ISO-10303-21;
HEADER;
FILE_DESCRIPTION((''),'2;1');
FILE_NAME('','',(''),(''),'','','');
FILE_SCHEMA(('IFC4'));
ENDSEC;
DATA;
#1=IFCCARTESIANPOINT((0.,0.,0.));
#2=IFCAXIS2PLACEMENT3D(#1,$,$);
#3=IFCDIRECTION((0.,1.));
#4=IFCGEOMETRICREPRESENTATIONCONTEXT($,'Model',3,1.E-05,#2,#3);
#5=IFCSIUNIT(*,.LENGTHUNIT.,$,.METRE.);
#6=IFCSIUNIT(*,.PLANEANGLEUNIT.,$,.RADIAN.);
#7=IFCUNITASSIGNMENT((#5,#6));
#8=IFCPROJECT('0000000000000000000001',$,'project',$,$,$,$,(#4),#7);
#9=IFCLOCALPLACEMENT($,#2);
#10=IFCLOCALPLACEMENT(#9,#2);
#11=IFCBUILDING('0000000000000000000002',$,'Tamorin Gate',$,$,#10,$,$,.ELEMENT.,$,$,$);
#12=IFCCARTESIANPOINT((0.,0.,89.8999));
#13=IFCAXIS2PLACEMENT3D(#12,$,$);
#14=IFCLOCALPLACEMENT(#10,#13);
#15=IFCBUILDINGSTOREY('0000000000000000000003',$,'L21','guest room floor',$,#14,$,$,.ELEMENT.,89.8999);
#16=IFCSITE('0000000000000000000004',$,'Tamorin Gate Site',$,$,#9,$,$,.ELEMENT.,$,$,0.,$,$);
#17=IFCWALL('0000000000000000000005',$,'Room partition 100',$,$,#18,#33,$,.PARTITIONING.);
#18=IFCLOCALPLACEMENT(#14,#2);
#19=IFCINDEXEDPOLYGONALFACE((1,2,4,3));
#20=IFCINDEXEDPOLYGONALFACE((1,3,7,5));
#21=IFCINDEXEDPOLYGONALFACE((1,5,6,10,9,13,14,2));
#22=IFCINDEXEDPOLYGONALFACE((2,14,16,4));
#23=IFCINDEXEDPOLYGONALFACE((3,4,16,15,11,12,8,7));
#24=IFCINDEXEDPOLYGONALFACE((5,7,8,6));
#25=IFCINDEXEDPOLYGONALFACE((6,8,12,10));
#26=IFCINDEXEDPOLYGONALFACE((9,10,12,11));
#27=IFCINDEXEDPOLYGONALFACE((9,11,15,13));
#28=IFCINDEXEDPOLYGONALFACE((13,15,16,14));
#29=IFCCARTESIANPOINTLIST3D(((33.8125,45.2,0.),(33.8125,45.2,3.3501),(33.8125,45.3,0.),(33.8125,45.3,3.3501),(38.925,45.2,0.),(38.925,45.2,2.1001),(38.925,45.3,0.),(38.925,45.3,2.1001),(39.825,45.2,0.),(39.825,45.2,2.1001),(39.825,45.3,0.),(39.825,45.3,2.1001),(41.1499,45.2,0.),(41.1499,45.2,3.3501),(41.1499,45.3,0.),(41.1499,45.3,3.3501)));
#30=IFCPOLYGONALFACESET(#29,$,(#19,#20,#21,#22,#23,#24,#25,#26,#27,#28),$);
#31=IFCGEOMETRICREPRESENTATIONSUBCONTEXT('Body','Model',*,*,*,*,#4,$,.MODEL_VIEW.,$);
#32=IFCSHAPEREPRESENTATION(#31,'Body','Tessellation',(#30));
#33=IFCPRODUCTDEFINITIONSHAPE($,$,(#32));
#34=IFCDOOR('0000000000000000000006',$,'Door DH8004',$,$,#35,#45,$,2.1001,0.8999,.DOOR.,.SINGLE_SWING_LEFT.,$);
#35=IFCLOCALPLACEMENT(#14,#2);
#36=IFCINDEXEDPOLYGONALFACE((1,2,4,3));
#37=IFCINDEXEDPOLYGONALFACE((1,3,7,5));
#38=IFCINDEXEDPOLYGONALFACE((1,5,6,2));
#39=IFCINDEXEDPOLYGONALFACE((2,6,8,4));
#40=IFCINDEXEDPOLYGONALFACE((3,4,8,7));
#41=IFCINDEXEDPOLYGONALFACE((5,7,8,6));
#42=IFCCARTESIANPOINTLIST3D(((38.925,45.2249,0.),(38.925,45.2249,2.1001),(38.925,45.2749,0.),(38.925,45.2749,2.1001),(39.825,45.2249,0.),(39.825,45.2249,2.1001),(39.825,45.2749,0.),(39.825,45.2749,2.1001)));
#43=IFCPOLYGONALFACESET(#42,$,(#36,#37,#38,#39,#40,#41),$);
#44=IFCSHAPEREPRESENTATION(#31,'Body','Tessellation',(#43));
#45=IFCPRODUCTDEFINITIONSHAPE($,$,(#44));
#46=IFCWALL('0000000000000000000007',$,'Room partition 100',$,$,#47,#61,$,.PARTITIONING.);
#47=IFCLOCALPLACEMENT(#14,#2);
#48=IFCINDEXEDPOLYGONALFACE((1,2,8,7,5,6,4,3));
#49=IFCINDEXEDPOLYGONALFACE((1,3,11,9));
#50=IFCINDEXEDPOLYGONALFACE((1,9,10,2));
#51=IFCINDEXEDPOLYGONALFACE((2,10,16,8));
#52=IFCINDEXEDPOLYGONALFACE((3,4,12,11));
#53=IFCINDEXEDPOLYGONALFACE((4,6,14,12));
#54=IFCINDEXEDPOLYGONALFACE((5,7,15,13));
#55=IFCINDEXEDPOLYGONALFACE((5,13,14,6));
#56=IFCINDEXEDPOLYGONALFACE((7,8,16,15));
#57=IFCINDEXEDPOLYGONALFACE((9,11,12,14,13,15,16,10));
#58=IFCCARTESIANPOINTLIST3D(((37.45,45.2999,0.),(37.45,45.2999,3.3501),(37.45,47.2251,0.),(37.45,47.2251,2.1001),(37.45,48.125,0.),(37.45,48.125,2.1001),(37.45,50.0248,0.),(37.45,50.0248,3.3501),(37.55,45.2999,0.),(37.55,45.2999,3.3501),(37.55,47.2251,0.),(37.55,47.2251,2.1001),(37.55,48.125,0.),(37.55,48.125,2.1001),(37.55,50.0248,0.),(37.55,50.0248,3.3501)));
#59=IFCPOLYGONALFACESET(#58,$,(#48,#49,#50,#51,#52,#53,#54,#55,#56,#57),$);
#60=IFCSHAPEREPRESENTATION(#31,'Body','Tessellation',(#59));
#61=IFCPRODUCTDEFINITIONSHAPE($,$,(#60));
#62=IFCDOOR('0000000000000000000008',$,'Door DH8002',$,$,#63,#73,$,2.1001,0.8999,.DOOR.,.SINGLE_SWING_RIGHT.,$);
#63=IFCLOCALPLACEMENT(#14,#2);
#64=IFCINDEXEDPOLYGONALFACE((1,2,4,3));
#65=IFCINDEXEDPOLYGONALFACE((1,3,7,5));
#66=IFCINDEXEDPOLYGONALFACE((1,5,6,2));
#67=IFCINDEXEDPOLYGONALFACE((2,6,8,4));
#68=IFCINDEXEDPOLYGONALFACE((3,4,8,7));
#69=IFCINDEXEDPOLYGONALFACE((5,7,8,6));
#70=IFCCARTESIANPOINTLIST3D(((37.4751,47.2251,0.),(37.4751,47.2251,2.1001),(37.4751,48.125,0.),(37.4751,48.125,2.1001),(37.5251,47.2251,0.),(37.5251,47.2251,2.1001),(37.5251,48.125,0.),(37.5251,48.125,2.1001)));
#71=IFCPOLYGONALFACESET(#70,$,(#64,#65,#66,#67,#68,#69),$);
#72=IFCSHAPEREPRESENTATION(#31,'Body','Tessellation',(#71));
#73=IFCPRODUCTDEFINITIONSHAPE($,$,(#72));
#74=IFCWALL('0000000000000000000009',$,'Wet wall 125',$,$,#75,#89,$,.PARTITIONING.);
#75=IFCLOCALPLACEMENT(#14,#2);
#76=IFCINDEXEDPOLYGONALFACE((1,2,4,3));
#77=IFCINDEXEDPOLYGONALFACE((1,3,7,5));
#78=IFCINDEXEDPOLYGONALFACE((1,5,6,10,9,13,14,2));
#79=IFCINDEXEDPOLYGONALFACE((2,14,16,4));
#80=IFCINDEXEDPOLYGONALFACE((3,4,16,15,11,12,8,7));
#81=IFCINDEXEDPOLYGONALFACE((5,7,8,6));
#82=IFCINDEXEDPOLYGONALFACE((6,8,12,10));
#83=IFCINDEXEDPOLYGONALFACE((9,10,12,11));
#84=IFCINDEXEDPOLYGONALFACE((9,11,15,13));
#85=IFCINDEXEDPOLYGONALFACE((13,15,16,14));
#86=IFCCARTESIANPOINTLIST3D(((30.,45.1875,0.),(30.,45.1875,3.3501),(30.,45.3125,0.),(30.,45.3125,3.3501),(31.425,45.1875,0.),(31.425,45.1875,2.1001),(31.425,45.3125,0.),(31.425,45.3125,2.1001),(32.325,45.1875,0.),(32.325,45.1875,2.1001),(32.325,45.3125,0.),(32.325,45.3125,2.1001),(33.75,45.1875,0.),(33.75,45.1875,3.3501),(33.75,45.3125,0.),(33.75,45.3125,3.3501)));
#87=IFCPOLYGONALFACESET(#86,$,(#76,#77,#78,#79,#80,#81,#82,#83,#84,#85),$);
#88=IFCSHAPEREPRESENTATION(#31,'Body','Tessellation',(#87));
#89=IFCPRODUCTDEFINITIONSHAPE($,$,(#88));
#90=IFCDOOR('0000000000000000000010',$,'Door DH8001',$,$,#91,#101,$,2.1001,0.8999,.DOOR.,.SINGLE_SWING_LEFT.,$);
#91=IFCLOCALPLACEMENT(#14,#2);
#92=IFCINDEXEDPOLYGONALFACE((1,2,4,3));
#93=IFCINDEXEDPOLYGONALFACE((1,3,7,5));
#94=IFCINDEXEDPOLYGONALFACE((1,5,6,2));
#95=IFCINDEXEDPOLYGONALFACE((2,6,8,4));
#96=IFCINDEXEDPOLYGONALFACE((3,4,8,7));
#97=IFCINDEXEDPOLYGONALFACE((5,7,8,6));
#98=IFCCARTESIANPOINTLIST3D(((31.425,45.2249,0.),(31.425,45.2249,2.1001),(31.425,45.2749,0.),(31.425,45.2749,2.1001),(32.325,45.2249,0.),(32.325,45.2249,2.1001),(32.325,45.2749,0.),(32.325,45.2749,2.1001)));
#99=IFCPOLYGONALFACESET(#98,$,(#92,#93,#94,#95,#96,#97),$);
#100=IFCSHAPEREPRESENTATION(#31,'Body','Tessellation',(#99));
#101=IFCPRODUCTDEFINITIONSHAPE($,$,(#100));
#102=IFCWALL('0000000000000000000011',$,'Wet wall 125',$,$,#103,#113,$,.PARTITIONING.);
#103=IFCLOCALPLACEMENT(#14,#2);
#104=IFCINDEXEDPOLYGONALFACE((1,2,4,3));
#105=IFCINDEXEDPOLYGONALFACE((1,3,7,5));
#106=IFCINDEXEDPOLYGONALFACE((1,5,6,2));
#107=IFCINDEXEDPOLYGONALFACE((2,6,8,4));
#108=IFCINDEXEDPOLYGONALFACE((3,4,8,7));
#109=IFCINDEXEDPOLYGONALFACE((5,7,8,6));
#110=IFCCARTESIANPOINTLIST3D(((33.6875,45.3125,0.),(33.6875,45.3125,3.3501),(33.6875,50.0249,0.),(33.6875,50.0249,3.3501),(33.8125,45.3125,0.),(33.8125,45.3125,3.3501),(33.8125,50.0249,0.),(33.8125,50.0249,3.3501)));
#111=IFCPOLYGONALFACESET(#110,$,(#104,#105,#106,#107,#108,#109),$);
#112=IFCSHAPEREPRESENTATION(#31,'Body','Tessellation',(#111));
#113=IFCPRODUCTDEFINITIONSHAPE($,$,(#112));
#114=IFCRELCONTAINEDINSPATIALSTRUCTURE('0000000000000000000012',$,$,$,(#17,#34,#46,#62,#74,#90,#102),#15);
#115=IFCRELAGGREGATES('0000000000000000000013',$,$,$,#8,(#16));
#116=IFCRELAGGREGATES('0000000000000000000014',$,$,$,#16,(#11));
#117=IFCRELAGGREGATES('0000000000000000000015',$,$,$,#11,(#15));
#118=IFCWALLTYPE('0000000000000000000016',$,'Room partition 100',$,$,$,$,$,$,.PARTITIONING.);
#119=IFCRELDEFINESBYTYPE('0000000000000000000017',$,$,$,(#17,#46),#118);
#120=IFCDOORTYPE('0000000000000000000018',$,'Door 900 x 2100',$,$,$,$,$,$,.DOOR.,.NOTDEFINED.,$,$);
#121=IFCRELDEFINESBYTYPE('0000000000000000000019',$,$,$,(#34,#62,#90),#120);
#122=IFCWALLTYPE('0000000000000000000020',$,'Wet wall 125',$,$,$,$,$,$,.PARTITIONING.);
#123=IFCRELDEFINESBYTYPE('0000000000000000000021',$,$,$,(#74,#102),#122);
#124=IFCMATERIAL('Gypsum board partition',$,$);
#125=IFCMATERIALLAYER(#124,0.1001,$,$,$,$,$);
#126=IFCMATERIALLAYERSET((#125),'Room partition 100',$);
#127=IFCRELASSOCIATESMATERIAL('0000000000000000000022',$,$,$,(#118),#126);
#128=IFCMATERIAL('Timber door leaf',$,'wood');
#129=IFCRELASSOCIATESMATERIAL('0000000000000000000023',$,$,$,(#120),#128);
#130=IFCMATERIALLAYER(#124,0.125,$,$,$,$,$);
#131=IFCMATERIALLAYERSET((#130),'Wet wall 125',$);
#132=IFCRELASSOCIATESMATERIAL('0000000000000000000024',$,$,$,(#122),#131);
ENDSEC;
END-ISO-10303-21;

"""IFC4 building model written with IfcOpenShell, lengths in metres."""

from ifc_helpers import new_model, si_unit, direction, frame, frame_2d, origin, place, context, subcontext, project, spatial, rectangle, extrude, material, layer, layer_set, type_object, element, fill, save


model = new_model("IFC4")

# Units and contexts
model_context = context("Model", 3, precision=1e-05, world=origin(), true_north=direction((0.0, 1.0)))
body_context = subcontext(model_context, "Body", "Model", "MODEL_VIEW")
ifc_project = project(units=[si_unit("LENGTHUNIT", "METRE"), si_unit("PLANEANGLEUNIT", "RADIAN")], contexts=[model_context])

# Site, building, storey
site_placement = place(None, origin())
site = spatial("IfcSite", under=ifc_project, at=site_placement, Name="Tamorin Gate Site", CompositionType="ELEMENT", RefElevation=0.0)
building_placement = place(site_placement, origin())
building = spatial("IfcBuilding", under=site, at=building_placement, Name="Tamorin Gate", CompositionType="ELEMENT")
storey_placement = place(building_placement, frame((0.0, 0.0, 89.8999)))
storey = spatial("IfcBuildingStorey", under=building, at=storey_placement, Name="L21", Description="guest room floor", CompositionType="ELEMENT", Elevation=89.8999)

# Shared definitions
ifc_material_1 = material(Name="Gypsum board partition")
ifc_material_2 = material(Name="Timber door leaf", Category="wood")

# Walls, openings, doors
ifc_layer_1 = layer(ifc_material_1, 0.1001)
ifc_layer_set_1 = layer_set([ifc_layer_1], Name="Room partition 100")
wall_type_1 = type_object("IfcWallType", Name="Room partition 100", PredefinedType="PARTITIONING", material=ifc_layer_set_1)
wall_1_placement = place(storey_placement, frame((33.8125, 45.25, 0.0), z_axis=(0.0, 0.0, 1.0), x_axis=(1.0, 0.0, 0.0)))
wall_1 = element("IfcWall", 1, at=wall_1_placement, inside=storey, type_object=wall_type_1, Name="Room partition 100", PredefinedType="PARTITIONING", context=body_context, shape_type="SweptSolid", body=[
    extrude(rectangle(XDim=7.3374, YDim=0.1001, at=frame_2d((3.6687, 0.0))), origin(), (0.0, 0.0, 1.0), 3.3501),
])
opening_1_placement = place(wall_1_placement, frame((5.1125, 0.0, 0.0)))
opening_1 = element("IfcOpeningElement", 2, at=opening_1_placement, cuts=wall_1, PredefinedType="OPENING", context=body_context, shape_type="SweptSolid", body=[
    extrude(rectangle(XDim=0.8999, YDim=2.1001, at=frame_2d((0.45, 1.05))), frame((0.0, 0.0601, 0.0), z_axis=(0.0, -1.0, 0.0), x_axis=(1.0, 0.0, 0.0)), (0.0, 0.0, 1.0), 0.1201),
])
door_type_1 = type_object("IfcDoorType", Name="Door 900 x 2100", OperationType="NOTDEFINED", PredefinedType="DOOR", material=ifc_material_2)
door_1_placement = place(opening_1_placement, origin())
door_1 = element("IfcDoor", 3, at=door_1_placement, inside=storey, type_object=door_type_1, Name="Door DH8004", OperationType="SINGLE_SWING_LEFT", OverallHeight=2.1001, OverallWidth=0.8999, PredefinedType="DOOR", context=body_context, shape_type="SweptSolid", body=[
    extrude(rectangle(XDim=0.8999, YDim=2.1001, at=frame_2d((0.45, 1.05))), frame((0.0, 0.0249, 0.0), z_axis=(0.0, -1.0, 0.0), x_axis=(1.0, 0.0, 0.0)), (0.0, 0.0, 1.0), 0.05),
])
fill(opening_1, door_1)
wall_2_placement = place(storey_placement, frame((37.5, 45.3, 0.0), z_axis=(0.0, 0.0, 1.0), x_axis=(0.0, 1.0, 0.0)))
wall_2 = element("IfcWall", 4, at=wall_2_placement, inside=storey, type_object=wall_type_1, Name="Room partition 100", PredefinedType="PARTITIONING", context=body_context, shape_type="SweptSolid", body=[
    extrude(rectangle(XDim=4.7249, YDim=0.1001, at=frame_2d((2.3623, 0.0))), origin(), (0.0, 0.0, 1.0), 3.3501),
])
opening_2_placement = place(wall_2_placement, frame((1.925, 0.0, 0.0)))
opening_2 = element("IfcOpeningElement", 5, at=opening_2_placement, cuts=wall_2, PredefinedType="OPENING", context=body_context, shape_type="SweptSolid", body=[
    extrude(rectangle(XDim=0.8999, YDim=2.1001, at=frame_2d((0.45, 1.05))), frame((0.0, 0.0601, 0.0), z_axis=(0.0, -1.0, 0.0), x_axis=(1.0, 0.0, 0.0)), (0.0, 0.0, 1.0), 0.1201),
])
door_2_placement = place(opening_2_placement, origin())
door_2 = element("IfcDoor", 6, at=door_2_placement, inside=storey, type_object=door_type_1, Name="Door DH8002", OperationType="SINGLE_SWING_RIGHT", OverallHeight=2.1001, OverallWidth=0.8999, PredefinedType="DOOR", context=body_context, shape_type="SweptSolid", body=[
    extrude(rectangle(XDim=0.8999, YDim=2.1001, at=frame_2d((0.45, 1.05))), frame((0.0, 0.0249, 0.0), z_axis=(0.0, -1.0, 0.0), x_axis=(1.0, 0.0, 0.0)), (0.0, 0.0, 1.0), 0.05),
])
fill(opening_2, door_2)
ifc_layer_2 = layer(ifc_material_1, 0.125)
ifc_layer_set_2 = layer_set([ifc_layer_2], Name="Wet wall 125")
wall_type_2 = type_object("IfcWallType", Name="Wet wall 125", PredefinedType="PARTITIONING", material=ifc_layer_set_2)
wall_3_placement = place(storey_placement, frame((30.0, 45.25, 0.0), z_axis=(0.0, 0.0, 1.0), x_axis=(1.0, 0.0, 0.0)))
wall_3 = element("IfcWall", 7, at=wall_3_placement, inside=storey, type_object=wall_type_2, Name="Wet wall 125", PredefinedType="PARTITIONING", context=body_context, shape_type="SweptSolid", body=[
    extrude(rectangle(XDim=3.75, YDim=0.125, at=frame_2d((1.875, 0.0))), origin(), (0.0, 0.0, 1.0), 3.3501),
])
opening_3_placement = place(wall_3_placement, frame((1.425, 0.0, 0.0)))
opening_3 = element("IfcOpeningElement", 8, at=opening_3_placement, cuts=wall_3, PredefinedType="OPENING", context=body_context, shape_type="SweptSolid", body=[
    extrude(rectangle(XDim=0.8999, YDim=2.1001, at=frame_2d((0.45, 1.05))), frame((0.0, 0.0725, 0.0), z_axis=(0.0, -1.0, 0.0), x_axis=(1.0, 0.0, 0.0)), (0.0, 0.0, 1.0), 0.145),
])
door_3_placement = place(opening_3_placement, origin())
door_3 = element("IfcDoor", 9, at=door_3_placement, inside=storey, type_object=door_type_1, Name="Door DH8001", OperationType="SINGLE_SWING_LEFT", OverallHeight=2.1001, OverallWidth=0.8999, PredefinedType="DOOR", context=body_context, shape_type="SweptSolid", body=[
    extrude(rectangle(XDim=0.8999, YDim=2.1001, at=frame_2d((0.45, 1.05))), frame((0.0, 0.0249, 0.0), z_axis=(0.0, -1.0, 0.0), x_axis=(1.0, 0.0, 0.0)), (0.0, 0.0, 1.0), 0.05),
])
fill(opening_3, door_3)

# Wall
wall_4_placement = place(storey_placement, frame((33.75, 45.3125, 0.0), z_axis=(0.0, 0.0, 1.0), x_axis=(0.0, 1.0, 0.0)))
element("IfcWall", 10, at=wall_4_placement, inside=storey, type_object=wall_type_2, Name="Wet wall 125", PredefinedType="PARTITIONING", context=body_context, shape_type="SweptSolid", body=[
    extrude(rectangle(XDim=4.7124, YDim=0.125, at=frame_2d((2.3562, 0.0))), origin(), (0.0, 0.0, 1.0), 3.3501),
])

save(model, "model.ifc")
